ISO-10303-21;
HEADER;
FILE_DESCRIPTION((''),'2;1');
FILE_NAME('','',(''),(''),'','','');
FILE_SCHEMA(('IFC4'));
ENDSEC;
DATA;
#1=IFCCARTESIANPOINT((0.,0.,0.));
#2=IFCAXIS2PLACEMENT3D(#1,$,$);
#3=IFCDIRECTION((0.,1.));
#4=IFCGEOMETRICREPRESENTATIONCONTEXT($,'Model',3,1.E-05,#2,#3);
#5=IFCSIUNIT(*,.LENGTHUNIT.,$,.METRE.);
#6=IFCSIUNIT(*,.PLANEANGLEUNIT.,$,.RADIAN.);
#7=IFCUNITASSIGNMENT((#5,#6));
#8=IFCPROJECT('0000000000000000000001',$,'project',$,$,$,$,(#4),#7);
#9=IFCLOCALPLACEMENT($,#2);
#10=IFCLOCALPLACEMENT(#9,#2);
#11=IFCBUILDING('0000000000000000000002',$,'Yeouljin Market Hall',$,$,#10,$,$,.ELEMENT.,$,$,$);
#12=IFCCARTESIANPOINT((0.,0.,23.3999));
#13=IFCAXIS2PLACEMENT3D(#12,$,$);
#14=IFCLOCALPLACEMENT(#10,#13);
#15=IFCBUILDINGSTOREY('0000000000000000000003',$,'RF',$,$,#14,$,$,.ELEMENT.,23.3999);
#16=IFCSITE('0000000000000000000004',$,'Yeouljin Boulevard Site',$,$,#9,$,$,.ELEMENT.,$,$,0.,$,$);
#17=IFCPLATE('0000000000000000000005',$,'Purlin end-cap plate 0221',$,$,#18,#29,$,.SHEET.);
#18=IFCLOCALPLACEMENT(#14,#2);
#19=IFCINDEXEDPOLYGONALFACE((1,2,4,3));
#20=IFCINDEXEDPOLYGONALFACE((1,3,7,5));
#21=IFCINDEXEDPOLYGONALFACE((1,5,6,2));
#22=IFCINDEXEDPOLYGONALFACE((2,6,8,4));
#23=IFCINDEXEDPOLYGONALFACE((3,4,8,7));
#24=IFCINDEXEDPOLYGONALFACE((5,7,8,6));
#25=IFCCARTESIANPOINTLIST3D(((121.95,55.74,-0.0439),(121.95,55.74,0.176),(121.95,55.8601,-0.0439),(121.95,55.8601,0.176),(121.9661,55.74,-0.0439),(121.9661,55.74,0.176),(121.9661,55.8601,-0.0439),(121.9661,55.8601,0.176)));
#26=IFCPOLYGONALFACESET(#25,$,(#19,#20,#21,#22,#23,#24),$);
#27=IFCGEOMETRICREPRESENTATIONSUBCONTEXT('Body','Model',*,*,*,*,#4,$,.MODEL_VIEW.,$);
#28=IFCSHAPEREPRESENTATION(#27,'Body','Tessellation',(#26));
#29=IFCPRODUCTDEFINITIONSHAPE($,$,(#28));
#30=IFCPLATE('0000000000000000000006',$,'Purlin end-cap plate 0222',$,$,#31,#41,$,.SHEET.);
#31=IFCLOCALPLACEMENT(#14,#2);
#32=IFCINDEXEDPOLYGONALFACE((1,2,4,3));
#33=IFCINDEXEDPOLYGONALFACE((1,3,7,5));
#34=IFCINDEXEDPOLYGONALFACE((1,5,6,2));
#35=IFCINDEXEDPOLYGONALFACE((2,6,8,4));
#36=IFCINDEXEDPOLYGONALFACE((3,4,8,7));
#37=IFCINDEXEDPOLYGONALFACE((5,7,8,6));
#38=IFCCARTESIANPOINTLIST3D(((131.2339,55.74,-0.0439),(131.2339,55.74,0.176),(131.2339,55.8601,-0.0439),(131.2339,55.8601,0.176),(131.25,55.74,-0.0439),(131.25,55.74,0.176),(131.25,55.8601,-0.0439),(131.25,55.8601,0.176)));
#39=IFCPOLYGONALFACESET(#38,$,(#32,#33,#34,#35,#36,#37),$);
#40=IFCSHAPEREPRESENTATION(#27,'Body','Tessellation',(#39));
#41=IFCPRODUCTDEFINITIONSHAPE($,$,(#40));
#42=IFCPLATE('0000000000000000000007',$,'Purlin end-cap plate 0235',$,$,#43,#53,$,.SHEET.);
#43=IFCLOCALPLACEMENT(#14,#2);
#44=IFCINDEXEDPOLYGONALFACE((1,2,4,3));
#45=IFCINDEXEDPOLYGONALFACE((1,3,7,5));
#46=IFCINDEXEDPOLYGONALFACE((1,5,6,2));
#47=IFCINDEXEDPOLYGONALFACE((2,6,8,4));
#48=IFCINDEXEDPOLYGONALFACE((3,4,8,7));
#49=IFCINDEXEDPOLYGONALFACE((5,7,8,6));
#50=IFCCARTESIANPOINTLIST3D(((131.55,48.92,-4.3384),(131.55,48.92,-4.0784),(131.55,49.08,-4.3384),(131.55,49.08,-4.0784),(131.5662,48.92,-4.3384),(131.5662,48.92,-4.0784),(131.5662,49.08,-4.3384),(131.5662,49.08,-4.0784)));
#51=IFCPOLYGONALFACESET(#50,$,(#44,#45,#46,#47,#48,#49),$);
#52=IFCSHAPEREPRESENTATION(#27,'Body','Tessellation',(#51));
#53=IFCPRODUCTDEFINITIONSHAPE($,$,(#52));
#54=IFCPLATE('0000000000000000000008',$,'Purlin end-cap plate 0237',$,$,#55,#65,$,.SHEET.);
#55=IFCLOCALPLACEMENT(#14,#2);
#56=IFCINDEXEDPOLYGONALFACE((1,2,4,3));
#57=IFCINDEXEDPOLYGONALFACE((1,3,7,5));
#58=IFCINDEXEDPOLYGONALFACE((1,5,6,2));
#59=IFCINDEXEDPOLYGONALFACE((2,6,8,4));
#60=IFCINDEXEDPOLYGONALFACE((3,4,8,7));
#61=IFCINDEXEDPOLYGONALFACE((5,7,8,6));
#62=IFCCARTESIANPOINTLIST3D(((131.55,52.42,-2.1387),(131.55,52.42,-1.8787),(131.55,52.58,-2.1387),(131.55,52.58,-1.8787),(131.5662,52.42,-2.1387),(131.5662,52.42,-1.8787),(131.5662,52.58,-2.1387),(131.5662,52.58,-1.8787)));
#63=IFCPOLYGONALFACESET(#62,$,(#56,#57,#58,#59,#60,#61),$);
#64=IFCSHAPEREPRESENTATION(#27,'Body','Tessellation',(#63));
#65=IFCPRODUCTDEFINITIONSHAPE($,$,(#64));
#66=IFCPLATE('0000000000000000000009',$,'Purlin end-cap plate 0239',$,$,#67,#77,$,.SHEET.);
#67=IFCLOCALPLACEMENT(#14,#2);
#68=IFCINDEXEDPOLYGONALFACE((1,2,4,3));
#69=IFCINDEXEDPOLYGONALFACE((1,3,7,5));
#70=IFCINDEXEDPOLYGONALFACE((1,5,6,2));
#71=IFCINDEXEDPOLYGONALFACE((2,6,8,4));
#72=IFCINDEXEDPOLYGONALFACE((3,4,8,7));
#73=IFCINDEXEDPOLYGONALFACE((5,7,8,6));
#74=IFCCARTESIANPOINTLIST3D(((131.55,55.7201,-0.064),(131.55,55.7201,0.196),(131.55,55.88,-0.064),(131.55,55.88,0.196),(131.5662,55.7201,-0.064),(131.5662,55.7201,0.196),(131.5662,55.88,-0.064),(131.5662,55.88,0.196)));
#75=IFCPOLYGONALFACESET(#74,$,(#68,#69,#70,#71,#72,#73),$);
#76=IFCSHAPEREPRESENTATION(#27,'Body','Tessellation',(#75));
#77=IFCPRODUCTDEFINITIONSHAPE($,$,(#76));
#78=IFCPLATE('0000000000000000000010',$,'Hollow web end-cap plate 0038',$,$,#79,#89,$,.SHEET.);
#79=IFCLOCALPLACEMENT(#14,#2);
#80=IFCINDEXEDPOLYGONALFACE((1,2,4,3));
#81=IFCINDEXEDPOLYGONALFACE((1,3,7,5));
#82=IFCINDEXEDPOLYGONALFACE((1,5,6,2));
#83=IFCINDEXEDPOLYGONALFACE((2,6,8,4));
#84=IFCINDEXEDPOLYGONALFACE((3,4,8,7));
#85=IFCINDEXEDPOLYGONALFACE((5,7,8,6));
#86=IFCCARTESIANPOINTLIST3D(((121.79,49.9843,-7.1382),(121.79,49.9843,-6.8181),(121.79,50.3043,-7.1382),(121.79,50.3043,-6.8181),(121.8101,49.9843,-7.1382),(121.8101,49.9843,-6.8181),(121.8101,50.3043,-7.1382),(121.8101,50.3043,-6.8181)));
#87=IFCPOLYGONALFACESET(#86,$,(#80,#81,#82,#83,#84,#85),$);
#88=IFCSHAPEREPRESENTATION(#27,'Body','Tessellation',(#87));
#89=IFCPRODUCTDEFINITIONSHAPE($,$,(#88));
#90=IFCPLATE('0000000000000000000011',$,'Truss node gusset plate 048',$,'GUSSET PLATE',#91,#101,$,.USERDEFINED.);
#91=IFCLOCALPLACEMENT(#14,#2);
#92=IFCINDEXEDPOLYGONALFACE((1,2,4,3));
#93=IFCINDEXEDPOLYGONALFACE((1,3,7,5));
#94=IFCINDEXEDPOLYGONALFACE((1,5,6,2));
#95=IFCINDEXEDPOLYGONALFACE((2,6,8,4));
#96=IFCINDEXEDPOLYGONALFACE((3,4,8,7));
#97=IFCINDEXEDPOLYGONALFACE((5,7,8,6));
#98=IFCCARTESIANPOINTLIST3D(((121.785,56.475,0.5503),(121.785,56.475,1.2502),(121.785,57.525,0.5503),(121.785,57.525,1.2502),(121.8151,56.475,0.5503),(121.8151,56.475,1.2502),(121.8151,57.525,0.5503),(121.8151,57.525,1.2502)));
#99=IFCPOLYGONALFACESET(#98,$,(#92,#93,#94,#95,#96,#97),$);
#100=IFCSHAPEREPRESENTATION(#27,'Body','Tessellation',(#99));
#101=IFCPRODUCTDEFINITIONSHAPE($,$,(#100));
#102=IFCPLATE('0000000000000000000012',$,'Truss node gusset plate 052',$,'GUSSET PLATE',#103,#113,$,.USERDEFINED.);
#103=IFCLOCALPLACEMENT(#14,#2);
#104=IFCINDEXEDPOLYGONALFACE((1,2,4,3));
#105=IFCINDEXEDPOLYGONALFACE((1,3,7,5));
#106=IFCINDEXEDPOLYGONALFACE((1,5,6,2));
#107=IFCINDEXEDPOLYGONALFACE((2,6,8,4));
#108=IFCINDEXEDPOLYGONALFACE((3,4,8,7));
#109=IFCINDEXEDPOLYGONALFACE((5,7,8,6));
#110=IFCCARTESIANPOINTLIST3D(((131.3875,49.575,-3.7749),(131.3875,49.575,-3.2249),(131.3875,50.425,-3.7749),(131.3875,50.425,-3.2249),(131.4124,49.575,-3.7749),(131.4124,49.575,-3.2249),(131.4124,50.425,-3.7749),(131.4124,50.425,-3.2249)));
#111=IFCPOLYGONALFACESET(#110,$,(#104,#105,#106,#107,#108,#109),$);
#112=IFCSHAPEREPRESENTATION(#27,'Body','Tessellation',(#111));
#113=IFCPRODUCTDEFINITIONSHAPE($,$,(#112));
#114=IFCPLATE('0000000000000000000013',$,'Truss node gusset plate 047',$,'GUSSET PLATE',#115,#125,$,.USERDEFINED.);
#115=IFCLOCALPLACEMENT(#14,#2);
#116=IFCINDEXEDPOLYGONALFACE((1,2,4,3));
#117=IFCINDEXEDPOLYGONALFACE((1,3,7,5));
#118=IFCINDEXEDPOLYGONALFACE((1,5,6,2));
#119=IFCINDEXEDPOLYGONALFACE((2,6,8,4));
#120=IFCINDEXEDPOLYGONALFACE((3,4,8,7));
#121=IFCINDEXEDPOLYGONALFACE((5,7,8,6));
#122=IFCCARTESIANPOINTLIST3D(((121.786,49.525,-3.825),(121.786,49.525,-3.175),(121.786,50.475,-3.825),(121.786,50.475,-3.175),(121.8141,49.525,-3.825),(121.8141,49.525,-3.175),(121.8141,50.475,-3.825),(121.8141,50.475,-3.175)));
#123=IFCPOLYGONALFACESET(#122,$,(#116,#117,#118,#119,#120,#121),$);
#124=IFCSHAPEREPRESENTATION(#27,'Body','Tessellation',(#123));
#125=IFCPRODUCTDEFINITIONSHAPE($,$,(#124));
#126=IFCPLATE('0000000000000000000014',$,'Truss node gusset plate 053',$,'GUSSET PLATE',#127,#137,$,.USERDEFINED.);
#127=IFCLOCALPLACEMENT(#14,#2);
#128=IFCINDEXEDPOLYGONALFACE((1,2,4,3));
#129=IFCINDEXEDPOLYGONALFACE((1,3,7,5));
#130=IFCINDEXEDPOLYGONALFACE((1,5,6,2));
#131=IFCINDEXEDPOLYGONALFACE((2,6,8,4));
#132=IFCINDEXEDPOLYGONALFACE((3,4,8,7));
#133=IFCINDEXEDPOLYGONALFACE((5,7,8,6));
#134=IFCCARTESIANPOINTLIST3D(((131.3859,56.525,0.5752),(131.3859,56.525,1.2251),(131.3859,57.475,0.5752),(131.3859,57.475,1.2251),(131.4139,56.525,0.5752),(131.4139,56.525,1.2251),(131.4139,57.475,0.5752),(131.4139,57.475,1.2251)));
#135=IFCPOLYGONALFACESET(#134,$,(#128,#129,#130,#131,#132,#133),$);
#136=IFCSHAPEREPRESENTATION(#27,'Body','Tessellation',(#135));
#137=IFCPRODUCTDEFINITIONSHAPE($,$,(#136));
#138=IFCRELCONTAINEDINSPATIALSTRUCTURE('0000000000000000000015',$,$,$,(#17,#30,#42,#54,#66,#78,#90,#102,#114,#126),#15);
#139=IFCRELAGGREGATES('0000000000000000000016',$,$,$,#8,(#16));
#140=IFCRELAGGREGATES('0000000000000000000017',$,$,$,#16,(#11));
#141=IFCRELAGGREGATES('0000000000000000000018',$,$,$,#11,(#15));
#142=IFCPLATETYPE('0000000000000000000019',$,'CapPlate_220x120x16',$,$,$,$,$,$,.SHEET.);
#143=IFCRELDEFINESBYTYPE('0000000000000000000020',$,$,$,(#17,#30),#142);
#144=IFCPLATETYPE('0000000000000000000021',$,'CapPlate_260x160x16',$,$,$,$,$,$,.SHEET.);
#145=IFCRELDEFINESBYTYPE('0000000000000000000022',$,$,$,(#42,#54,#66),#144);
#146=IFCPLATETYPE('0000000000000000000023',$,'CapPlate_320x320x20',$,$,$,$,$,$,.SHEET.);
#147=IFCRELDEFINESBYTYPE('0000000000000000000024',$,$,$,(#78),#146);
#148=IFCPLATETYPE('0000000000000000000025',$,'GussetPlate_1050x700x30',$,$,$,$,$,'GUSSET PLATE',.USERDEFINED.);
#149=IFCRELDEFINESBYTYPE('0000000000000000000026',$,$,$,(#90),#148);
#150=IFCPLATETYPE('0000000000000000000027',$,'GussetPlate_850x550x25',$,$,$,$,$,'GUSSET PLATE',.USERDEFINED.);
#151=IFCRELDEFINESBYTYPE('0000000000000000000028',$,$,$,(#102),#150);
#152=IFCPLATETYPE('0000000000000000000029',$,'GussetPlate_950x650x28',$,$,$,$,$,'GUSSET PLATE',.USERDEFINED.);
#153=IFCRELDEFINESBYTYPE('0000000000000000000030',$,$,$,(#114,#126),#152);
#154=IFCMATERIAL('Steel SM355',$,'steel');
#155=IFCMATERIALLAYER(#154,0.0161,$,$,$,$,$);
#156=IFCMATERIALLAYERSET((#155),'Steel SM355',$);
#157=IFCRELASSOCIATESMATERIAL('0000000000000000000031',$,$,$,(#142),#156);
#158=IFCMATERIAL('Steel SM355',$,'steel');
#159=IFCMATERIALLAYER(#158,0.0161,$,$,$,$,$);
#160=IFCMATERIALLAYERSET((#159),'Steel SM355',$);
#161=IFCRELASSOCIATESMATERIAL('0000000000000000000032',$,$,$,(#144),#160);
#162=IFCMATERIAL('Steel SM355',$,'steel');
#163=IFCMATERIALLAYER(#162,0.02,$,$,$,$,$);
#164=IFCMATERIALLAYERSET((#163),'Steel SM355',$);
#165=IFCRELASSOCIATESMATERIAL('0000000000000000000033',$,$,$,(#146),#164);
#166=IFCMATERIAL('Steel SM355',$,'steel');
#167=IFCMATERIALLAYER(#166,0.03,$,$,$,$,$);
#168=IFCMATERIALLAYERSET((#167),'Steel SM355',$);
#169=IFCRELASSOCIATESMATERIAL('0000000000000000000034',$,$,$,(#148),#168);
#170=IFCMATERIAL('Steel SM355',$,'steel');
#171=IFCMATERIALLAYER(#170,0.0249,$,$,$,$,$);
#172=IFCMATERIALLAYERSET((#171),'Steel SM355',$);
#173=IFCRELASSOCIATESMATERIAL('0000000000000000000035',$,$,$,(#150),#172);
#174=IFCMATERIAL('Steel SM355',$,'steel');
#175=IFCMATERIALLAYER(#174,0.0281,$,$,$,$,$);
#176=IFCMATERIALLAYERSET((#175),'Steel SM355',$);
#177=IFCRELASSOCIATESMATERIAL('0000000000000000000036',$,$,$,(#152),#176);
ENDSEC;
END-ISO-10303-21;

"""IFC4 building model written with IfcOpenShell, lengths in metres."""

from ifc_helpers import new_model, si_unit, direction, frame, origin, origin_2d, place, context, subcontext, project, spatial, rectangle, extrude, material, layer, layer_set, type_object, element, save


model = new_model("IFC4")

# Units and contexts
model_context = context("Model", 3, precision=1e-05, world=origin(), true_north=direction((0.0, 1.0)))
body_context = subcontext(model_context, "Body", "Model", "MODEL_VIEW")
ifc_project = project(units=[si_unit("LENGTHUNIT", "METRE"), si_unit("PLANEANGLEUNIT", "RADIAN")], contexts=[model_context])

# Site, building, storey
site_placement = place(None, origin())
site = spatial("IfcSite", under=ifc_project, at=site_placement, Name="Yeouljin Boulevard Site", CompositionType="ELEMENT", RefElevation=0.0)
building_placement = place(site_placement, origin())
building = spatial("IfcBuilding", under=site, at=building_placement, Name="Yeouljin Market Hall", CompositionType="ELEMENT")
storey_placement = place(building_placement, frame((0.0, 0.0, 23.3999)))
storey = spatial("IfcBuildingStorey", under=building, at=storey_placement, Name="RF", CompositionType="ELEMENT", Elevation=23.3999)

# Plates
ifc_material_1 = material(Name="Steel SM355", Category="steel")
ifc_layer_1 = layer(ifc_material_1, 0.0161)
ifc_layer_set_1 = layer_set([ifc_layer_1], Name="Steel SM355")
plate_type_1 = type_object("IfcPlateType", Name="CapPlate_220x120x16", PredefinedType="SHEET", material=ifc_layer_set_1)
for number, where, z_axis, x_axis, name in (
    (1, (121.958, 55.8, -0.0439), (0.0, 0.0, 1.0), (0.0, 1.0, 0.0), "Purlin end-cap plate 0221"),
    (2, (131.2419, 55.8, -0.0439), (0.0, 0.0, 1.0), (0.0, 1.0, 0.0), "Purlin end-cap plate 0222"),
):
    element("IfcPlate", number, at=place(storey_placement, frame(where, z_axis=z_axis, x_axis=x_axis)), inside=storey, type_object=plate_type_1, Name=name, PredefinedType="SHEET", context=body_context, shape_type="SweptSolid", body=[
        extrude(rectangle(XDim=0.1201, YDim=0.0161, at=origin_2d()), origin(), (0.0, 0.0, 1.0), 0.22),
    ])
ifc_material_2 = material(Name="Steel SM355", Category="steel")
ifc_layer_2 = layer(ifc_material_2, 0.0161)
ifc_layer_set_2 = layer_set([ifc_layer_2], Name="Steel SM355")
plate_type_2 = type_object("IfcPlateType", Name="CapPlate_260x160x16", PredefinedType="SHEET", material=ifc_layer_set_2)
for number, where, z_axis, x_axis, name in (
    (3, (131.5581, 49.0, -4.3384), (0.0, 0.0, 1.0), (0.0, 1.0, 0.0), "Purlin end-cap plate 0235"),
    (4, (131.5581, 52.5, -2.1387), (0.0, 0.0, 1.0), (0.0, 1.0, 0.0), "Purlin end-cap plate 0237"),
    (5, (131.5581, 55.8, -0.064), (0.0, 0.0, 1.0), (0.0, 1.0, 0.0), "Purlin end-cap plate 0239"),
):
    element("IfcPlate", number, at=place(storey_placement, frame(where, z_axis=z_axis, x_axis=x_axis)), inside=storey, type_object=plate_type_2, Name=name, PredefinedType="SHEET", context=body_context, shape_type="SweptSolid", body=[
        extrude(rectangle(XDim=0.1599, YDim=0.0161, at=origin_2d()), origin(), (0.0, 0.0, 1.0), 0.26),
    ])
ifc_material_3 = material(Name="Steel SM355", Category="steel")
ifc_layer_3 = layer(ifc_material_3, 0.02)
ifc_layer_set_3 = layer_set([ifc_layer_3], Name="Steel SM355")
plate_type_3 = type_object("IfcPlateType", Name="CapPlate_320x320x20", PredefinedType="SHEET", material=ifc_layer_set_3)
plate_1_placement = place(storey_placement, frame((121.8, 50.1443, -7.1382), z_axis=(0.0, 0.0, 1.0), x_axis=(0.0, 1.0, 0.0)))
element("IfcPlate", 6, at=plate_1_placement, inside=storey, type_object=plate_type_3, Name="Hollow web end-cap plate 0038", PredefinedType="SHEET", context=body_context, shape_type="SweptSolid", body=[
    extrude(rectangle(XDim=0.3201, YDim=0.02, at=origin_2d()), origin(), (0.0, 0.0, 1.0), 0.3201),
])
ifc_material_4 = material(Name="Steel SM355", Category="steel")
ifc_layer_4 = layer(ifc_material_4, 0.03)
ifc_layer_set_4 = layer_set([ifc_layer_4], Name="Steel SM355")
plate_type_4 = type_object("IfcPlateType", Name="GussetPlate_1050x700x30", ElementType="GUSSET PLATE", PredefinedType="USERDEFINED", material=ifc_layer_set_4)
plate_2_placement = place(storey_placement, frame((121.8, 57.0, 0.5503), z_axis=(0.0, 0.0, 1.0), x_axis=(0.0, 1.0, 0.0)))
element("IfcPlate", 7, at=plate_2_placement, inside=storey, type_object=plate_type_4, Name="Truss node gusset plate 048", ObjectType="GUSSET PLATE", PredefinedType="USERDEFINED", context=body_context, shape_type="SweptSolid", body=[
    extrude(rectangle(XDim=1.05, YDim=0.03, at=origin_2d()), origin(), (0.0, 0.0, 1.0), 0.7),
])
ifc_material_5 = material(Name="Steel SM355", Category="steel")
ifc_layer_5 = layer(ifc_material_5, 0.0249)
ifc_layer_set_5 = layer_set([ifc_layer_5], Name="Steel SM355")
plate_type_5 = type_object("IfcPlateType", Name="GussetPlate_850x550x25", ElementType="GUSSET PLATE", PredefinedType="USERDEFINED", material=ifc_layer_set_5)
plate_3_placement = place(storey_placement, frame((131.3999, 50.0, -3.7749), z_axis=(0.0, 0.0, 1.0), x_axis=(0.0, 1.0, 0.0)))
element("IfcPlate", 8, at=plate_3_placement, inside=storey, type_object=plate_type_5, Name="Truss node gusset plate 052", ObjectType="GUSSET PLATE", PredefinedType="USERDEFINED", context=body_context, shape_type="SweptSolid", body=[
    extrude(rectangle(XDim=0.8501, YDim=0.0249, at=origin_2d()), origin(), (0.0, 0.0, 1.0), 0.55),
])
ifc_material_6 = material(Name="Steel SM355", Category="steel")
ifc_layer_6 = layer(ifc_material_6, 0.0281)
ifc_layer_set_6 = layer_set([ifc_layer_6], Name="Steel SM355")
plate_type_6 = type_object("IfcPlateType", Name="GussetPlate_950x650x28", ElementType="GUSSET PLATE", PredefinedType="USERDEFINED", material=ifc_layer_set_6)
for number, where, z_axis, x_axis, name in (
    (9, (121.8, 50.0, -3.825), (0.0, 0.0, 1.0), (0.0, 1.0, 0.0), "Truss node gusset plate 047"),
    (10, (131.3999, 57.0, 0.5752), (0.0, 0.0, 1.0), (0.0, 1.0, 0.0), "Truss node gusset plate 053"),
):
    element("IfcPlate", number, at=place(storey_placement, frame(where, z_axis=z_axis, x_axis=x_axis)), inside=storey, type_object=plate_type_6, Name=name, ObjectType="GUSSET PLATE", PredefinedType="USERDEFINED", context=body_context, shape_type="SweptSolid", body=[
        extrude(rectangle(XDim=0.95, YDim=0.0281, at=origin_2d()), origin(), (0.0, 0.0, 1.0), 0.6499),
    ])

save(model, "model.ifc")
